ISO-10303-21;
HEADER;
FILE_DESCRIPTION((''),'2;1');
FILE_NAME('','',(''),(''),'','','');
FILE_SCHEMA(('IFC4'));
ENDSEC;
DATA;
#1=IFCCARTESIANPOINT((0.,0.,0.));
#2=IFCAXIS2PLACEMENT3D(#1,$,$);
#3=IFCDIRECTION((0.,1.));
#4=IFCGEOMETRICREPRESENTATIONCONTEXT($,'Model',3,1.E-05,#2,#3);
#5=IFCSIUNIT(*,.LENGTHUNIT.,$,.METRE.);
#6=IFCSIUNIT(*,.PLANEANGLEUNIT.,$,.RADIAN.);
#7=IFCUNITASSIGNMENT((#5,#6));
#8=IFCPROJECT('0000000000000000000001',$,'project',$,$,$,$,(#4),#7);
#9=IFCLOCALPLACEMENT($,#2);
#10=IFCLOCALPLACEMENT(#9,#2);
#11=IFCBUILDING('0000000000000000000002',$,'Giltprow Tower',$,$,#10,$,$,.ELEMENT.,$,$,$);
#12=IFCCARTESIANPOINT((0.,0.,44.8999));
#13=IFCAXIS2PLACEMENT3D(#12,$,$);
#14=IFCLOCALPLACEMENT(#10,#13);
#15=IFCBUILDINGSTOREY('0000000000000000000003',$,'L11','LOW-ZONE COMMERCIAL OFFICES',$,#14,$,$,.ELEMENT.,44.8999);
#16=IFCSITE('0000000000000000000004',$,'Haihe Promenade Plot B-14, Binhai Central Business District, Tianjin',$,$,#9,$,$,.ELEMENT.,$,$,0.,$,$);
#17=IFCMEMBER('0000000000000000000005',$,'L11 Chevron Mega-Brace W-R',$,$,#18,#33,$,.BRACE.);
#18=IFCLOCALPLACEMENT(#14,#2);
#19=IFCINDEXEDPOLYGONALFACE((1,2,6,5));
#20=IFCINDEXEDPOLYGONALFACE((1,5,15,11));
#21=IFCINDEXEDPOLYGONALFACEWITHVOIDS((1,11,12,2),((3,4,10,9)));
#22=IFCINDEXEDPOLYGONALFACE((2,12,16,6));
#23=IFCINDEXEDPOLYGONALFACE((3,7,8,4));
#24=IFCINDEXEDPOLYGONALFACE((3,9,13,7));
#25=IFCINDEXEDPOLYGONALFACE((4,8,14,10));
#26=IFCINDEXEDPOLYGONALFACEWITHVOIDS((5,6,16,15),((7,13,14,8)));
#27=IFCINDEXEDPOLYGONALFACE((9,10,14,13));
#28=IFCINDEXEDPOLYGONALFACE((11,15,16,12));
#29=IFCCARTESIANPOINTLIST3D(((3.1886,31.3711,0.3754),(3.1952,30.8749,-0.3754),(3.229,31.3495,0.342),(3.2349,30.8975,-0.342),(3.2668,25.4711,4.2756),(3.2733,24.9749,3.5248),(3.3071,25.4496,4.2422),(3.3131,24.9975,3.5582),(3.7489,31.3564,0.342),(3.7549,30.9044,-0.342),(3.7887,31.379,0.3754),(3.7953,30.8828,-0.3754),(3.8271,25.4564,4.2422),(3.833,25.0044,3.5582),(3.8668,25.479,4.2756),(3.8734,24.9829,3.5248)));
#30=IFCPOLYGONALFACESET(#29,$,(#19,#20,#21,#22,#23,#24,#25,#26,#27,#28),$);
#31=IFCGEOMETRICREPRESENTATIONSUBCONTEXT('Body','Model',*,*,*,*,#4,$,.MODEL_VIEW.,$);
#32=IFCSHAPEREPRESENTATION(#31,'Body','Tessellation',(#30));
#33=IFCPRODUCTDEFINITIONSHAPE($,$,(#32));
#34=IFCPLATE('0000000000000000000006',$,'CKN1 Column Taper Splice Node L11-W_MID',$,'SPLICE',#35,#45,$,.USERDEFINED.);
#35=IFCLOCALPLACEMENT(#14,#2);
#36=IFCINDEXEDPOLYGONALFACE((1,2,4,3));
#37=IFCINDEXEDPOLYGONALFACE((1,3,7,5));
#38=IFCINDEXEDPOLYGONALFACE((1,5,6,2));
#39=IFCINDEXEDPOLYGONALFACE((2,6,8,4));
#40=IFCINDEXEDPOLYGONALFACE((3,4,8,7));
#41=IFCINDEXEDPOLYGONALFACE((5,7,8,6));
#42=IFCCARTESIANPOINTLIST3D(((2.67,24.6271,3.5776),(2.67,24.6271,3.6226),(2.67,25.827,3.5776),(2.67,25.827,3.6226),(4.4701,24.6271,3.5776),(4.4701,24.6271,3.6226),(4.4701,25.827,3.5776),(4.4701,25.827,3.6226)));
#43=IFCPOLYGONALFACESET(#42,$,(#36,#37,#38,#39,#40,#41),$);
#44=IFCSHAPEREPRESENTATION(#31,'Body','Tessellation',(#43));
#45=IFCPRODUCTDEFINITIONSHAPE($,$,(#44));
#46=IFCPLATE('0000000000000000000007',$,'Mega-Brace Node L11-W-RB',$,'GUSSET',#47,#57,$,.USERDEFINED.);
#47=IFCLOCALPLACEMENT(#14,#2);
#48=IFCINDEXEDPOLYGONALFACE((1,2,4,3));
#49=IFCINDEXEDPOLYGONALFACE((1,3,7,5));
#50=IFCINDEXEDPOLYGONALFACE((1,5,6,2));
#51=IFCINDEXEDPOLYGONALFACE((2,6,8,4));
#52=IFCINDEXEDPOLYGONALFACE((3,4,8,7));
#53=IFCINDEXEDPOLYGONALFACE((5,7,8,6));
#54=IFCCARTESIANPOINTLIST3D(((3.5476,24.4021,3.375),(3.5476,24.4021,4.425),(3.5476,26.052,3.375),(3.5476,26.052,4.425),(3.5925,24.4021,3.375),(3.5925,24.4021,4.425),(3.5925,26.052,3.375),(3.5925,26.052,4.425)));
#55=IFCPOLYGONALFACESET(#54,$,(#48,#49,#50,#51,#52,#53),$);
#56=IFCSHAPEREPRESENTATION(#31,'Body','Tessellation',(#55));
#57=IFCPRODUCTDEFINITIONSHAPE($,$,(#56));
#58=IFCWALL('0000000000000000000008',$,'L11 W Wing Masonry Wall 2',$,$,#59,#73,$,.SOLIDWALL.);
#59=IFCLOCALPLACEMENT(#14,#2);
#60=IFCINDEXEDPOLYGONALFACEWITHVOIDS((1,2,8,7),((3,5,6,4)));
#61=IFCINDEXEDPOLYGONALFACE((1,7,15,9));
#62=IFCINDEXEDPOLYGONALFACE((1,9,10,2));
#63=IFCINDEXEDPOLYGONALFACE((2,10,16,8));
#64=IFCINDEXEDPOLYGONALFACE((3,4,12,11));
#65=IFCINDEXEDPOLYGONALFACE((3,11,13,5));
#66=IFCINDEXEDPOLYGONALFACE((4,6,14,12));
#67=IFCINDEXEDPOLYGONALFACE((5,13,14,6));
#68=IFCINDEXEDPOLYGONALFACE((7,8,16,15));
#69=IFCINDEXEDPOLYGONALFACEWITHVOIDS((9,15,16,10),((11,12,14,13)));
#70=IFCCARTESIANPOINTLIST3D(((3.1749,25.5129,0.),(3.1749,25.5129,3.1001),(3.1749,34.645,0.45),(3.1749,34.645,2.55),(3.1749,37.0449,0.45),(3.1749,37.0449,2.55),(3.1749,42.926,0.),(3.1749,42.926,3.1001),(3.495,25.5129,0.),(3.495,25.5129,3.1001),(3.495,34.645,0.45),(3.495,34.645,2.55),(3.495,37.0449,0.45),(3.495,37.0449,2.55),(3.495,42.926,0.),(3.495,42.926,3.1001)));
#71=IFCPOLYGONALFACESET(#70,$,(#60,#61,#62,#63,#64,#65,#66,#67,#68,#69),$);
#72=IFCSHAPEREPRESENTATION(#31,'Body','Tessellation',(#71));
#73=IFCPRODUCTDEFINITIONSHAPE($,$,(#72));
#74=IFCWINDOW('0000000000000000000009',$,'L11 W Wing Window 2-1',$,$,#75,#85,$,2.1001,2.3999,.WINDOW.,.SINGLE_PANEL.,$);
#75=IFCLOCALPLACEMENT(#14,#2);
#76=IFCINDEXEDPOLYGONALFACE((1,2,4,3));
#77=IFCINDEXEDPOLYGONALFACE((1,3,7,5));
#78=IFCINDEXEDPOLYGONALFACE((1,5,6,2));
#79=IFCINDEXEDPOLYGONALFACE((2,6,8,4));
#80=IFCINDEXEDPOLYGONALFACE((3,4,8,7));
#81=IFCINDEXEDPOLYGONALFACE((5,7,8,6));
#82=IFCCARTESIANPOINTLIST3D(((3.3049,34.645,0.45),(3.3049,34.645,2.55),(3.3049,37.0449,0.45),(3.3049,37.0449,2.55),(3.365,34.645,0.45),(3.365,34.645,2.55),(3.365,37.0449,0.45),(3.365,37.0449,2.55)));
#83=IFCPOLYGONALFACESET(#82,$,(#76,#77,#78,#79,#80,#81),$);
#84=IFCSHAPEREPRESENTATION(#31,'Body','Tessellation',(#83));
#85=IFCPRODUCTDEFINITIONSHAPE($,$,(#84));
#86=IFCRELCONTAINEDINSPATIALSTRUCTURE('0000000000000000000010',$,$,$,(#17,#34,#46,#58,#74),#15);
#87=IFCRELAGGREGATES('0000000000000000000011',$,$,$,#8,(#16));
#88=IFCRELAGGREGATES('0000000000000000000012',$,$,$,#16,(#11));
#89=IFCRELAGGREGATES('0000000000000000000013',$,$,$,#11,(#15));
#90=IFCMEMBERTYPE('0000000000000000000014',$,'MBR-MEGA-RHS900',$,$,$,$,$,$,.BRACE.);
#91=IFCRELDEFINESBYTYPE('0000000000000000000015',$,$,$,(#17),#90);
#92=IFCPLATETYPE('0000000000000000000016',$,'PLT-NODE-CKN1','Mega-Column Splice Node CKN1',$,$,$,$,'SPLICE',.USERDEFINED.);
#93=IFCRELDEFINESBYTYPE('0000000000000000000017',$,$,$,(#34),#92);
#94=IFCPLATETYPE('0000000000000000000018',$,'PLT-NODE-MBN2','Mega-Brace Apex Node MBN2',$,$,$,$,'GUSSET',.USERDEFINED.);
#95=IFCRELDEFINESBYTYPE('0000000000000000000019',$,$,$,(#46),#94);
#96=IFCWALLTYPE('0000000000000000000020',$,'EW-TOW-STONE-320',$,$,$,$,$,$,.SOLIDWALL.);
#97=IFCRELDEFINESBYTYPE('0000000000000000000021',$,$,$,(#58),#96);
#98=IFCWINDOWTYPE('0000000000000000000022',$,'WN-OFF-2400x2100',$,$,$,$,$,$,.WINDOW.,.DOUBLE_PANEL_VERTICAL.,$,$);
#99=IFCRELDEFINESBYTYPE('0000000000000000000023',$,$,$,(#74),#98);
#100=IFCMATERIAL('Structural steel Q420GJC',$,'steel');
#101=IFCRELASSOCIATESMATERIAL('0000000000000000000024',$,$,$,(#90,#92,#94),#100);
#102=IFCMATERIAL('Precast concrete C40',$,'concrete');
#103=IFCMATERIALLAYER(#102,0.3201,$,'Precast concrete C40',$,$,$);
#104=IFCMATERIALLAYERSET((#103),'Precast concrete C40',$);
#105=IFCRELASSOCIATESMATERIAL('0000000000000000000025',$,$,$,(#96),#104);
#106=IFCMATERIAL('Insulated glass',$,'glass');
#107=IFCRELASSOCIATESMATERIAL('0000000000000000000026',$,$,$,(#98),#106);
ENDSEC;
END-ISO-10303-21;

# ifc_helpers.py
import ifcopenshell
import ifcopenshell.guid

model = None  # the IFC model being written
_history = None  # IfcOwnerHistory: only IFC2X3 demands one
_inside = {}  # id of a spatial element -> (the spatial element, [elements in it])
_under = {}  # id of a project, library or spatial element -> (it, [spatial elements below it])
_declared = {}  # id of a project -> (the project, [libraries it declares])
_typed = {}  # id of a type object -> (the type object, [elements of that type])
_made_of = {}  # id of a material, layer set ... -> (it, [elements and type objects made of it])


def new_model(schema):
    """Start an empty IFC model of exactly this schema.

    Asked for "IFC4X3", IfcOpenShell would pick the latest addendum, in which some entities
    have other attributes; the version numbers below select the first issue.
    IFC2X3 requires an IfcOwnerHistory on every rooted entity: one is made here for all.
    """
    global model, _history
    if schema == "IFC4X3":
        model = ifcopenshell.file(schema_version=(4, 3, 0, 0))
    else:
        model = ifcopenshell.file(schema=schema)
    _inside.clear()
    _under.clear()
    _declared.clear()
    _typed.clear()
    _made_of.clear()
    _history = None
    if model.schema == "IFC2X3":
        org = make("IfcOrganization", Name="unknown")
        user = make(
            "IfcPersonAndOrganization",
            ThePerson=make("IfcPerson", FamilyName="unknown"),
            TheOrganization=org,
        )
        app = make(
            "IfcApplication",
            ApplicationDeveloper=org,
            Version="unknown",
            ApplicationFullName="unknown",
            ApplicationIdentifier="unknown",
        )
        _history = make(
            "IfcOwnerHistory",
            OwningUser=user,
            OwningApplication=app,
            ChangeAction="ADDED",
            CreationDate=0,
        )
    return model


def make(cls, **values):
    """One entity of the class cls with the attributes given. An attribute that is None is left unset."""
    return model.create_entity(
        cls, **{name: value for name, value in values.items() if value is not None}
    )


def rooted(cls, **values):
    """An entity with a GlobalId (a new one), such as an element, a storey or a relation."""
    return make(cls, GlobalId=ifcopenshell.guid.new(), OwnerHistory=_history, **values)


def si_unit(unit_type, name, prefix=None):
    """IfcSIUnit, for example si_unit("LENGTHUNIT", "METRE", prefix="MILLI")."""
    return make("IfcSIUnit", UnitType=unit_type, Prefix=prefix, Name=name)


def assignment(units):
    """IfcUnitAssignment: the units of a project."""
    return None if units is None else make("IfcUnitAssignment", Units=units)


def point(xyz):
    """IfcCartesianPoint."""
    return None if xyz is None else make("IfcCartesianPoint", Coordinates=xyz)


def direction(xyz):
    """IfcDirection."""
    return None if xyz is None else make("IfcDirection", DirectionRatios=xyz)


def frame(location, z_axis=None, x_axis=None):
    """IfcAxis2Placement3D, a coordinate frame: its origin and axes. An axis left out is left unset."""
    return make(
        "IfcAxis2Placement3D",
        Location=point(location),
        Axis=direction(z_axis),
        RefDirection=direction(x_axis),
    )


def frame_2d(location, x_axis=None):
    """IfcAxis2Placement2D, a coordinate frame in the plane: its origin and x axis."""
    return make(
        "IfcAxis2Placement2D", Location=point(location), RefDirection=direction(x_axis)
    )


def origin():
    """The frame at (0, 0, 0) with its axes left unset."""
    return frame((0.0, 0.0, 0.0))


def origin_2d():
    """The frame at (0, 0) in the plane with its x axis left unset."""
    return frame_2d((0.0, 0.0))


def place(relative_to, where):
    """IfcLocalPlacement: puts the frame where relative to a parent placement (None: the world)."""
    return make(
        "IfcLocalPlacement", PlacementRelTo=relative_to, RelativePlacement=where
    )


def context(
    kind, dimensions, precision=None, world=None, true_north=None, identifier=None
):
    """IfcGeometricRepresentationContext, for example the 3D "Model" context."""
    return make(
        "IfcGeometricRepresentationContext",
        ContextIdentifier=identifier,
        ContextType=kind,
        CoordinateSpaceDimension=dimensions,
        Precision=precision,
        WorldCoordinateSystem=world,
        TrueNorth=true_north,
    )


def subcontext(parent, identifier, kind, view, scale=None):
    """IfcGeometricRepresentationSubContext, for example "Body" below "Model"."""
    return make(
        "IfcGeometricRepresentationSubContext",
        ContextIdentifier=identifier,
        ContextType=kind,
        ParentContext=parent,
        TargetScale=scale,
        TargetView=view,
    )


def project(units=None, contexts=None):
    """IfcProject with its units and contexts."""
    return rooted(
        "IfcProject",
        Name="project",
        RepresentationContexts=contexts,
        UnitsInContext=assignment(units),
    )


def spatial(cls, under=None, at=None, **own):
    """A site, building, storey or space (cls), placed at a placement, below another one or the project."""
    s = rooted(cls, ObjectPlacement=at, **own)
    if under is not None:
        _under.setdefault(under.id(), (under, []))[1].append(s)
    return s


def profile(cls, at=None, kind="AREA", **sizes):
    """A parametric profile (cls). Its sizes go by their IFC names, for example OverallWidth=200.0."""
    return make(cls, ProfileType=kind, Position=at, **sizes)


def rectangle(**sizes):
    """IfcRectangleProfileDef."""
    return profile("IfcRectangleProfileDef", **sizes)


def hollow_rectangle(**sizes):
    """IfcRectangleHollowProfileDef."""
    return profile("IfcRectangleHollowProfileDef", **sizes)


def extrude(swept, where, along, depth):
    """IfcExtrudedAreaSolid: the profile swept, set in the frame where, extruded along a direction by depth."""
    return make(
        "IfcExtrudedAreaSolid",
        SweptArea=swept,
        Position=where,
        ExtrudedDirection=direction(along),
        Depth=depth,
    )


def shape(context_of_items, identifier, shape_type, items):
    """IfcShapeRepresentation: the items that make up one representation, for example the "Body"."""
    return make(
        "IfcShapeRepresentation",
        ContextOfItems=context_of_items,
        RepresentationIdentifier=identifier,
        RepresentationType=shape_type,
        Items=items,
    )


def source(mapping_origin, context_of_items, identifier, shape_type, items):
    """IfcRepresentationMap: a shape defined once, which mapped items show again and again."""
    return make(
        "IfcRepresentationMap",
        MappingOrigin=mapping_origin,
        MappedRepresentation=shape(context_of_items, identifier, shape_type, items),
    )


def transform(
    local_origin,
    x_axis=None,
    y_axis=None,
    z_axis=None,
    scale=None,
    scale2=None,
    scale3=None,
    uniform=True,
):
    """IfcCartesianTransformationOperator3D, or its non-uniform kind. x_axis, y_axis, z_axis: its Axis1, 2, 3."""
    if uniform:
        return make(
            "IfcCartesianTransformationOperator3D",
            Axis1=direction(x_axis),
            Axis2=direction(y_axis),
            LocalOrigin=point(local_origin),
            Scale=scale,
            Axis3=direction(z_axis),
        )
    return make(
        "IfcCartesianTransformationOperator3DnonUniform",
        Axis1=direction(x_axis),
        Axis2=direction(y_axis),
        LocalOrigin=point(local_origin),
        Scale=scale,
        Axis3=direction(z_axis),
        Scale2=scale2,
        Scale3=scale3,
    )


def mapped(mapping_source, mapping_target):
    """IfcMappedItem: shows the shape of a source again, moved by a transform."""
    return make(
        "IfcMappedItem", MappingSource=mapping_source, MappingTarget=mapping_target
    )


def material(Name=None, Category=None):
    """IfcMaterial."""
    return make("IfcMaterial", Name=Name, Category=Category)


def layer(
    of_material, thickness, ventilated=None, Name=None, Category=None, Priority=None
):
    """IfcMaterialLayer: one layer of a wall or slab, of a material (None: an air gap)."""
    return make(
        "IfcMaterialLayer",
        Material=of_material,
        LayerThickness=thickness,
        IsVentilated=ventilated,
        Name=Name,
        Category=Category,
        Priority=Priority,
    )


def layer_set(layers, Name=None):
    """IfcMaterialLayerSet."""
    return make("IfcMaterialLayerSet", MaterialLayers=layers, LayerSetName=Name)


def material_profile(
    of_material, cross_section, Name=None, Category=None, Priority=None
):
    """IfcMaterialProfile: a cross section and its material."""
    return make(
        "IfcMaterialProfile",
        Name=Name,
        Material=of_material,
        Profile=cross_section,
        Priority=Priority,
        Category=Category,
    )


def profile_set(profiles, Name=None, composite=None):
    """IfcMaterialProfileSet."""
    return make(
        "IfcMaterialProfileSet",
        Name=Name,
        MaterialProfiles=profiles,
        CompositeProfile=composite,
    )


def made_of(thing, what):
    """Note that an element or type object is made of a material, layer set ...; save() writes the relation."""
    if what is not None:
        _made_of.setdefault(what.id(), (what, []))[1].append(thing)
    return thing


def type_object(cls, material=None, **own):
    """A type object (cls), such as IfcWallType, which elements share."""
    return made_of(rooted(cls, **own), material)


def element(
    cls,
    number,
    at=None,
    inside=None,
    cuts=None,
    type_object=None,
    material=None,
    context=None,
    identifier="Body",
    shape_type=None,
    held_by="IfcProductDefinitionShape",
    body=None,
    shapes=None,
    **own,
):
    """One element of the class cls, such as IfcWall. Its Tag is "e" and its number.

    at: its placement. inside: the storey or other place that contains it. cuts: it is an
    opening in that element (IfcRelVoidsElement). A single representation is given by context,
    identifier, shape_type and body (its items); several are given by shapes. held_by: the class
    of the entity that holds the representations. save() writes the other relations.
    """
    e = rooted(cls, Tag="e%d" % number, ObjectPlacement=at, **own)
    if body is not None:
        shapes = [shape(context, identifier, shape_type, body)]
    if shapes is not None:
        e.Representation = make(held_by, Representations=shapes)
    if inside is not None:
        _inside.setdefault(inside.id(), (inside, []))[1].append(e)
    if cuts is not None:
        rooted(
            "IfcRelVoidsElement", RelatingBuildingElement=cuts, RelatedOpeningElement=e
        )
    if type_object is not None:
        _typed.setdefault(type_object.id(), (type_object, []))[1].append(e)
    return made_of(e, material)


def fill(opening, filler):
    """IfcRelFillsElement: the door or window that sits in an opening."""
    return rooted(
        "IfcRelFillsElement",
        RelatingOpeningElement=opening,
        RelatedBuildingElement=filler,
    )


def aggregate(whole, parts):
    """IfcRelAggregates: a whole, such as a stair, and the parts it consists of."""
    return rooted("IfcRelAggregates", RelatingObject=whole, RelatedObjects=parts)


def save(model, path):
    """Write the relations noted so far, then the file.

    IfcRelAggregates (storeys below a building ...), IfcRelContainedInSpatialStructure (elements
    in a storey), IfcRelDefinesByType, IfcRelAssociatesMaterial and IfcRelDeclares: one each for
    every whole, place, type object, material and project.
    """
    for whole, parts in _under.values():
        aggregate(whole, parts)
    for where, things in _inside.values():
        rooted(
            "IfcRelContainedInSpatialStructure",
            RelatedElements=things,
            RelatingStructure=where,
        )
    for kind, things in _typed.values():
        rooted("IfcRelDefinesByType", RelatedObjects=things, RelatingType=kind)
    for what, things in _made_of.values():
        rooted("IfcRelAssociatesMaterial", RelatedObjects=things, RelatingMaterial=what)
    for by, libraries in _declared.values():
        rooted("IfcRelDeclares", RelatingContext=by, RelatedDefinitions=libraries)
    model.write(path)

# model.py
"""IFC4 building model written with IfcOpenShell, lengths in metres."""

from ifc_helpers import new_model, si_unit, direction, frame, frame_2d, origin, origin_2d, place, context, subcontext, project, spatial, rectangle, hollow_rectangle, extrude, source, transform, mapped, material, layer, layer_set, material_profile, profile_set, type_object, element, fill, save


model = new_model("IFC4")

# Units and contexts
model_context = context("Model", 3, precision=1e-05, world=origin(), true_north=direction((0.0, 1.0)))
body_context = subcontext(model_context, "Body", "Model", "MODEL_VIEW")
ifc_project = project(units=[si_unit("LENGTHUNIT", "METRE"), si_unit("PLANEANGLEUNIT", "RADIAN")], contexts=[model_context])

# Site, building, storey
site_placement = place(None, origin())
site = spatial("IfcSite", under=ifc_project, at=site_placement, Name="Haihe Promenade Plot B-14, Binhai Central Business District, Tianjin", CompositionType="ELEMENT", RefElevation=0.0)
building_placement = place(site_placement, origin())
building = spatial("IfcBuilding", under=site, at=building_placement, Name="Giltprow Tower", CompositionType="ELEMENT")
storey_placement = place(building_placement, frame((0.0, 0.0, 44.8999)))
storey = spatial("IfcBuildingStorey", under=building, at=storey_placement, Name="L11", Description="LOW-ZONE COMMERCIAL OFFICES", CompositionType="ELEMENT", Elevation=44.8999)

# Shared definitions
ifc_material_1 = material(Name="Structural steel Q420GJC", Category="steel")

# Member
ifc_material_profile_1 = material_profile(ifc_material_1, hollow_rectangle(XDim=0.6001, YDim=0.8999, WallThickness=0.04, at=origin_2d()), Name="RHS 900x600x40")
ifc_profile_set_1 = profile_set([ifc_material_profile_1], Name="Structural steel Q420GJC")
member_type = type_object("IfcMemberType", Name="MBR-MEGA-RHS900", PredefinedType="BRACE", material=ifc_profile_set_1)
shared_shape_1 = source(origin(), body_context, "Body", "SweptSolid", [
    extrude(hollow_rectangle(XDim=0.6001, YDim=0.8999, WallThickness=0.04, at=origin_2d()), origin(), (0.0, 0.0, 1.0), 7.073),
])
member_placement = place(storey_placement, frame((3.4919, 31.127, 0.0), z_axis=(0.011046, -0.834155, 0.55142), x_axis=(0.999912, 0.013241, 0.0)))
element("IfcMember", 1, at=member_placement, inside=storey, type_object=member_type, Name="L11 Chevron Mega-Brace W-R", PredefinedType="BRACE", context=body_context, shape_type="MappedRepresentation", body=[
    mapped(shared_shape_1, transform((0.0, 0.0, 0.0), x_axis=(1.0, 0.0, 0.0), y_axis=(0.0, 1.0, 0.0), z_axis=(0.0, 0.0, 1.0), scale=1.0)),
])

# Plates
plate_type_1 = type_object("IfcPlateType", Name="PLT-NODE-CKN1", Description="Mega-Column Splice Node CKN1", ElementType="SPLICE", PredefinedType="USERDEFINED", material=ifc_material_1)
shared_shape_2 = source(origin(), body_context, "Body", "SweptSolid", [
    extrude(rectangle(XDim=1.8, YDim=1.2, at=origin_2d()), origin(), (0.0, 0.0, 1.0), 0.0449),
])
plate_1_placement = place(storey_placement, frame((3.5701, 25.2271, 3.5776), z_axis=(0.0, 0.0, 1.0), x_axis=(1.0, 0.0, 0.0)))
element("IfcPlate", 2, at=plate_1_placement, inside=storey, type_object=plate_type_1, Name="CKN1 Column Taper Splice Node L11-W_MID", ObjectType="SPLICE", PredefinedType="USERDEFINED", context=body_context, shape_type="MappedRepresentation", body=[
    mapped(shared_shape_2, transform((0.0, 0.0, 0.0), x_axis=(1.0, 0.0, 0.0), y_axis=(0.0, 1.0, 0.0), z_axis=(0.0, 0.0, 1.0), scale=1.0)),
])
plate_type_2 = type_object("IfcPlateType", Name="PLT-NODE-MBN2", Description="Mega-Brace Apex Node MBN2", ElementType="GUSSET", PredefinedType="USERDEFINED", material=ifc_material_1)
shared_shape_3 = source(origin(), body_context, "Body", "SweptSolid", [
    extrude(rectangle(XDim=1.6499, YDim=0.0449, at=origin_2d()), origin(), (0.0, 0.0, 1.0), 1.05),
])
plate_2_placement = place(storey_placement, frame((3.5701, 25.2271, 3.375), z_axis=(0.0, 0.0, 1.0), x_axis=(0.0, 1.0, 0.0)))
element("IfcPlate", 3, at=plate_2_placement, inside=storey, type_object=plate_type_2, Name="Mega-Brace Node L11-W-RB", ObjectType="GUSSET", PredefinedType="USERDEFINED", context=body_context, shape_type="MappedRepresentation", body=[
    mapped(shared_shape_3, transform((0.0, 0.0, 0.0), x_axis=(1.0, 0.0, 0.0), y_axis=(0.0, 1.0, 0.0), z_axis=(0.0, 0.0, 1.0), scale=1.0)),
])

# Wall, opening, window
ifc_material_2 = material(Name="Precast concrete C40", Category="concrete")
ifc_layer_1 = layer(ifc_material_2, 0.3201, Name="Precast concrete C40")
ifc_layer_set_1 = layer_set([ifc_layer_1], Name="Precast concrete C40")
wall_type_1 = type_object("IfcWallType", Name="EW-TOW-STONE-320", PredefinedType="SOLIDWALL", material=ifc_layer_set_1)
wall_1_placement = place(storey_placement, frame((3.335, 25.5129, 0.0), z_axis=(0.0, 0.0, 1.0), x_axis=(0.0, 1.0, 0.0)))
wall_1 = element("IfcWall", 4, at=wall_1_placement, inside=storey, type_object=wall_type_1, Name="L11 W Wing Masonry Wall 2", PredefinedType="SOLIDWALL", context=body_context, shape_type="SweptSolid", body=[
    extrude(rectangle(XDim=17.4131, YDim=0.3201, at=frame_2d((8.7065, 0.0))), origin(), (0.0, 0.0, 1.0), 3.1001),
])
opening_1_placement = place(wall_1_placement, frame((9.1321, 0.0, 0.45)))
opening_1 = element("IfcOpeningElement", 5, at=opening_1_placement, cuts=wall_1, PredefinedType="OPENING", context=body_context, shape_type="SweptSolid", body=[
    extrude(rectangle(XDim=2.3999, YDim=2.1001, at=frame_2d((1.2, 1.05))), frame((0.0, 0.1699, 0.0), z_axis=(0.0, -1.0, 0.0), x_axis=(1.0, 0.0, 0.0)), (0.0, 0.0, 1.0), 0.3401),
])
ifc_material_3 = material(Name="Insulated glass", Category="glass")
window_type = type_object("IfcWindowType", Name="WN-OFF-2400x2100", PartitioningType="DOUBLE_PANEL_VERTICAL", PredefinedType="WINDOW", material=ifc_material_3)
shared_shape_4 = source(origin(), body_context, "Body", "SweptSolid", [
    extrude(rectangle(XDim=2.3999, YDim=2.1001, at=frame_2d((1.2, 1.05))), frame((0.0, 0.03, 0.0), z_axis=(0.0, -1.0, 0.0), x_axis=(1.0, 0.0, 0.0)), (0.0, 0.0, 1.0), 0.0601),
])
window_placement = place(opening_1_placement, origin())
window = element("IfcWindow", 6, at=window_placement, inside=storey, type_object=window_type, Name="L11 W Wing Window 2-1", OverallHeight=2.1001, OverallWidth=2.3999, PartitioningType="SINGLE_PANEL", PredefinedType="WINDOW", context=body_context, shape_type="MappedRepresentation", body=[
    mapped(shared_shape_4, transform((0.0, 0.0, 0.0), x_axis=(1.0, 0.0, 0.0), y_axis=(0.0, 1.0, 0.0), z_axis=(0.0, 0.0, 1.0), scale=1.0)),
])
fill(opening_1, window)

save(model, "model.ifc")
